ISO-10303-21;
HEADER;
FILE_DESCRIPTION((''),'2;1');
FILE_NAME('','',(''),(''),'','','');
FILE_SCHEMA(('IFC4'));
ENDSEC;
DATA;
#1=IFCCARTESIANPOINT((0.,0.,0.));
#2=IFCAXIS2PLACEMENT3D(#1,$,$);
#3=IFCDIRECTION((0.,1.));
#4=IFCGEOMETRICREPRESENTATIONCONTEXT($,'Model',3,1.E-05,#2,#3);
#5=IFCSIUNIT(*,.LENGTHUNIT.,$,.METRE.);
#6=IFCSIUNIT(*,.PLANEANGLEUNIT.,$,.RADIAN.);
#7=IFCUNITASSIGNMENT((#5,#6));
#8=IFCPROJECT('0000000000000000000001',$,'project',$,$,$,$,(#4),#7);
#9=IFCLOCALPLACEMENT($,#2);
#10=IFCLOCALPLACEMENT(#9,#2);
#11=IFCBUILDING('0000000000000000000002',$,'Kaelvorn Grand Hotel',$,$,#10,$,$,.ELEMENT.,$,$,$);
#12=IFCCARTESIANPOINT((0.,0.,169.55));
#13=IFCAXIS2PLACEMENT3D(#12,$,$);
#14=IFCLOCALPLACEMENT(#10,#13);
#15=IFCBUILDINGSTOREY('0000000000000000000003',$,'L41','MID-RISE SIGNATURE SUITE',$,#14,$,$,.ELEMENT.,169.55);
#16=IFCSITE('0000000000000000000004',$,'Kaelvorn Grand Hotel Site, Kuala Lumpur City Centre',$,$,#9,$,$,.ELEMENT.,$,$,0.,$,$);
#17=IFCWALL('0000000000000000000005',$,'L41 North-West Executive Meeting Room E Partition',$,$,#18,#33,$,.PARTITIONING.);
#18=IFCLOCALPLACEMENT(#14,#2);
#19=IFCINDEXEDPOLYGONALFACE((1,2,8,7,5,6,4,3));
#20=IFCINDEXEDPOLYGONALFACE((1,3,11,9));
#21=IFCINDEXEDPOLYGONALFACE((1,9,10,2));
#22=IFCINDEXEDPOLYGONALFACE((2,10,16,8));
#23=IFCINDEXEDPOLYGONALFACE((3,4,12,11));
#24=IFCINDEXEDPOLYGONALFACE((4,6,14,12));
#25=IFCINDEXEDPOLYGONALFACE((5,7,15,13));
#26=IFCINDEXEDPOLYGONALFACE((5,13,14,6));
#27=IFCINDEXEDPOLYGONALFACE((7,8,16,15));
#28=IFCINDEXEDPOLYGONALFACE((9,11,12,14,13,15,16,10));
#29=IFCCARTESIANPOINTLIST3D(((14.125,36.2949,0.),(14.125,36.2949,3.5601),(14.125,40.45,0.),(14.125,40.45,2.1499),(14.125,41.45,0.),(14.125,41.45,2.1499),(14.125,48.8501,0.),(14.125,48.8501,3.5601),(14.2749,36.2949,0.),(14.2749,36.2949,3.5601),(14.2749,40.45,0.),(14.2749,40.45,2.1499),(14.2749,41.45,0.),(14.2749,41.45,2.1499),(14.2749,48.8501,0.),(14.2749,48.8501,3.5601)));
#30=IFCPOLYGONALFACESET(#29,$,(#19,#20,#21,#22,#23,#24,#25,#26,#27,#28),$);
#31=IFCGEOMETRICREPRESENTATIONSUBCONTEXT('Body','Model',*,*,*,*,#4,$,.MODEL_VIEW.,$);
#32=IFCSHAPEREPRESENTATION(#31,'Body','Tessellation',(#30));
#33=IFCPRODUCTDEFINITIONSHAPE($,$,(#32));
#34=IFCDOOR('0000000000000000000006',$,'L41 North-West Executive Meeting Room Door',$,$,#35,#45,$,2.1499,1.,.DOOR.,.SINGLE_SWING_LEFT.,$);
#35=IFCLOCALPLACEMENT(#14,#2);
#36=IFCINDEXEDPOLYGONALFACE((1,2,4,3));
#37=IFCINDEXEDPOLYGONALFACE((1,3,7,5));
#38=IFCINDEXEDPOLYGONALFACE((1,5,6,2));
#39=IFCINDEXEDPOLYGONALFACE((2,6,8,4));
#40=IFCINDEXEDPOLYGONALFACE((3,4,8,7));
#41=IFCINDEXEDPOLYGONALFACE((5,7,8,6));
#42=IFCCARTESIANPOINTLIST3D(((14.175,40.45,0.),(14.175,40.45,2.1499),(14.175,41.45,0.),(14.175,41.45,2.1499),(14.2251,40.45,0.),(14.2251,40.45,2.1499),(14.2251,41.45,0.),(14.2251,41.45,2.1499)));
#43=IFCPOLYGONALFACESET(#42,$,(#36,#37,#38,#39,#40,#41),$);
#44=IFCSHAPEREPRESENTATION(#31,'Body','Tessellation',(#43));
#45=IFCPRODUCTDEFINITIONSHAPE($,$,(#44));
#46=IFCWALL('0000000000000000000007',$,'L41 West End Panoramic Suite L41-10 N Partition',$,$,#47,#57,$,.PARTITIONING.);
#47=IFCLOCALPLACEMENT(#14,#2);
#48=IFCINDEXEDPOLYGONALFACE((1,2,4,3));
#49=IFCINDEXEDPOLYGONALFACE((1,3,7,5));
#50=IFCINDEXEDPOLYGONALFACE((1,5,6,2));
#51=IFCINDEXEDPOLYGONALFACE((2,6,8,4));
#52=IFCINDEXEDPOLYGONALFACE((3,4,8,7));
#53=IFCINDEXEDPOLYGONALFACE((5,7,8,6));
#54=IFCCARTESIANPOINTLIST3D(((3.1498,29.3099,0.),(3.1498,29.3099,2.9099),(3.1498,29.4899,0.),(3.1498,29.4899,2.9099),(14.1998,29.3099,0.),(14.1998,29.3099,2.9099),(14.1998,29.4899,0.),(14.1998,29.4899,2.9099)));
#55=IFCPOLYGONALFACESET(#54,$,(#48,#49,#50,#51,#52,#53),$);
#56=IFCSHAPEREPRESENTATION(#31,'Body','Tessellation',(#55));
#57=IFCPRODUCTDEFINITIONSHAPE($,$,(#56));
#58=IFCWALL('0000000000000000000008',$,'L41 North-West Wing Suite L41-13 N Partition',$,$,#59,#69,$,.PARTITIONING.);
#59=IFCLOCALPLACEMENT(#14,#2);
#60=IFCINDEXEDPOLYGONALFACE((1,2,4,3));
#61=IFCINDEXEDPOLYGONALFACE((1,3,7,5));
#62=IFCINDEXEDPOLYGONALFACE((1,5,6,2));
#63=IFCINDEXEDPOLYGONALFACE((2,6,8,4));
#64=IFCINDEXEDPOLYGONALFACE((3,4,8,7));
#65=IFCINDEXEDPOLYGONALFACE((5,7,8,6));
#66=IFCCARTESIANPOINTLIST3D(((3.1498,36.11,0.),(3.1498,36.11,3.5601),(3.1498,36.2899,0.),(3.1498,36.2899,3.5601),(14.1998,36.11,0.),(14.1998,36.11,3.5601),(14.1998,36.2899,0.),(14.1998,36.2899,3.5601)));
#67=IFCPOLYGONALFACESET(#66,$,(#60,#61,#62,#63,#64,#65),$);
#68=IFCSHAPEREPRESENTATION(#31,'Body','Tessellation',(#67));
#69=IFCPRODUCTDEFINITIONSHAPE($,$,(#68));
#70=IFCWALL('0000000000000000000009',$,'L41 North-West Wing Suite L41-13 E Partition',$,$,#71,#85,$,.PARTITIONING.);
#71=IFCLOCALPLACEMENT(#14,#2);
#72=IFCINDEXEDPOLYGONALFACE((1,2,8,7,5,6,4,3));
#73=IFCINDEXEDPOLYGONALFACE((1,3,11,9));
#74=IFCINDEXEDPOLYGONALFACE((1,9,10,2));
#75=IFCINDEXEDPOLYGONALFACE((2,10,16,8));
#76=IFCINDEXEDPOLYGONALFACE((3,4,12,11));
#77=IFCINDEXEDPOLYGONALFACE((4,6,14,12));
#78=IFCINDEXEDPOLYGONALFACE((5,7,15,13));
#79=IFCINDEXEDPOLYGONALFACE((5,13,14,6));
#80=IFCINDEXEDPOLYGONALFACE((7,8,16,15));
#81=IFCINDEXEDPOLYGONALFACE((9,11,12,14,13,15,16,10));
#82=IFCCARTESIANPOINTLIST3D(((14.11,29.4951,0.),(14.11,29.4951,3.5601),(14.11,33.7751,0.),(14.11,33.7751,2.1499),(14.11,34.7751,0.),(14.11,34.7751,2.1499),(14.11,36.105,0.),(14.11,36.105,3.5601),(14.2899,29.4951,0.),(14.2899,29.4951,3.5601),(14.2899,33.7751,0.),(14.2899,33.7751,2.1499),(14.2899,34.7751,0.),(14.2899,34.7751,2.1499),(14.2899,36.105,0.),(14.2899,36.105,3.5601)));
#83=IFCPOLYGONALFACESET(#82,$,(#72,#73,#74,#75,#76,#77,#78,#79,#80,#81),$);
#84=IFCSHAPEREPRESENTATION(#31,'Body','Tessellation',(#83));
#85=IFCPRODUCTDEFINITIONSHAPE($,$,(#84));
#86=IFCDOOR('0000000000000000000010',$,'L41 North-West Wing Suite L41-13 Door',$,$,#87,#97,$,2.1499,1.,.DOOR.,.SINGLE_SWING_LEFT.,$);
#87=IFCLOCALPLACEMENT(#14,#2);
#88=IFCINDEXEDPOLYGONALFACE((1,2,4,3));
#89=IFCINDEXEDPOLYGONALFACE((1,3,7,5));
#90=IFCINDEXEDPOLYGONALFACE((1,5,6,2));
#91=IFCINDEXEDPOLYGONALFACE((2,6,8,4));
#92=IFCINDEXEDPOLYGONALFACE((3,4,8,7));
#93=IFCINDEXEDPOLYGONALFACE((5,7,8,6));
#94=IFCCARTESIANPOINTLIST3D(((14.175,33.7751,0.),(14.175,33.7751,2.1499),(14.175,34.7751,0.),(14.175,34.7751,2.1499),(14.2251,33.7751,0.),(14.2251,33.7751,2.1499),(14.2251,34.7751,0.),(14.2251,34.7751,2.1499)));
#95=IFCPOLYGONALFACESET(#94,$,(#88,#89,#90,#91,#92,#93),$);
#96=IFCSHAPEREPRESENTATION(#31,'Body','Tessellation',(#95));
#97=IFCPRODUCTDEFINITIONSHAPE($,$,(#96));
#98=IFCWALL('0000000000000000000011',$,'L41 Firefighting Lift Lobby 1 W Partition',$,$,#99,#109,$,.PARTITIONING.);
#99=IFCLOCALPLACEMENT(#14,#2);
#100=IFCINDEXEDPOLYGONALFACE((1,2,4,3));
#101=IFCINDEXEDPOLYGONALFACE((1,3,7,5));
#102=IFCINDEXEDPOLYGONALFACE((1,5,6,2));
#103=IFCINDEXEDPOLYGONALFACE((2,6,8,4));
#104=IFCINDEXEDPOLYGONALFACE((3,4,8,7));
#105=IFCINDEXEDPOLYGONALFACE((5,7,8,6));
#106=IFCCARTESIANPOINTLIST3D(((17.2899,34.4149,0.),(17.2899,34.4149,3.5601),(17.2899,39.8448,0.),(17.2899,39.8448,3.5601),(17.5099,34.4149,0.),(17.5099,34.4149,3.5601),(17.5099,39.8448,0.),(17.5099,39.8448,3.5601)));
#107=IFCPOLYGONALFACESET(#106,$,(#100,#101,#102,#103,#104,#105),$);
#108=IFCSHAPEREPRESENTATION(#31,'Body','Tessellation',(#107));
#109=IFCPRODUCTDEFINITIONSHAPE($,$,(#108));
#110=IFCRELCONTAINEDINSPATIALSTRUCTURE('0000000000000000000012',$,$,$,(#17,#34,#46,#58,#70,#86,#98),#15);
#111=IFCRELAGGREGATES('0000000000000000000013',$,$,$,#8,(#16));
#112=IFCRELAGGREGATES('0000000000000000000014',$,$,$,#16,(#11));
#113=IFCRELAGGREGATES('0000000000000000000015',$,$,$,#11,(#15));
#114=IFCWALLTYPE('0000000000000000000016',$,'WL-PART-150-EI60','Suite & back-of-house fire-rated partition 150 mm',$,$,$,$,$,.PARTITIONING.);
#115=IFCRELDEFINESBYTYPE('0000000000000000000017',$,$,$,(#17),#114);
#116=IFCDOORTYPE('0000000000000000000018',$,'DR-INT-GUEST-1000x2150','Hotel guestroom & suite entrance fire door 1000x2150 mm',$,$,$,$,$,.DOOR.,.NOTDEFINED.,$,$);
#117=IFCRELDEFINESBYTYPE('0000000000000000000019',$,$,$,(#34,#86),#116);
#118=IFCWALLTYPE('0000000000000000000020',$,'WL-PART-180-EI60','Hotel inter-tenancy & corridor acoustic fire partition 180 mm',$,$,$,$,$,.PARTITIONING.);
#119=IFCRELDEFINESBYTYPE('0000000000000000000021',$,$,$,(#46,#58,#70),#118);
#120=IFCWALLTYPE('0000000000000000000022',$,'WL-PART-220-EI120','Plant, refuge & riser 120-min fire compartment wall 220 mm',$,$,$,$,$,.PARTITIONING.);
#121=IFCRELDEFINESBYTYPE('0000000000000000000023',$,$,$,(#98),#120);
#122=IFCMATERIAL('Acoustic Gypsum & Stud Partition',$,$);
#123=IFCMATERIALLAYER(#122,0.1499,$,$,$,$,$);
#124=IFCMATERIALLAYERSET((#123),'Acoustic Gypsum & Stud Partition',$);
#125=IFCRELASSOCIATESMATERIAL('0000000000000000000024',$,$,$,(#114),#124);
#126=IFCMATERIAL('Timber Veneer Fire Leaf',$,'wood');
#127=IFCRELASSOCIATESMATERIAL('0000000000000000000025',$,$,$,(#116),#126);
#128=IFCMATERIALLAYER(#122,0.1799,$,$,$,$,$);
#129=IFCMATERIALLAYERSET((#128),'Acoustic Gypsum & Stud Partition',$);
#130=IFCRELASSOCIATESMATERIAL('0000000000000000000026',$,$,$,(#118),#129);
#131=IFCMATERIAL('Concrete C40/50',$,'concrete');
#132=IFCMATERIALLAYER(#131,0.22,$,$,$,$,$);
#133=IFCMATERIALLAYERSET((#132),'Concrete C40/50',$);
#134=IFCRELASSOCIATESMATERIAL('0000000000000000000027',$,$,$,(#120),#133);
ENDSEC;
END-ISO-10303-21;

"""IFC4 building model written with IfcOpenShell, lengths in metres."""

from ifc_helpers import new_model, si_unit, direction, frame, frame_2d, origin, place, context, subcontext, project, spatial, rectangle, extrude, material, layer, layer_set, type_object, element, fill, save


model = new_model("IFC4")

# Units and contexts
model_context = context("Model", 3, precision=1e-05, world=origin(), true_north=direction((0.0, 1.0)))
body_context = subcontext(model_context, "Body", "Model", "MODEL_VIEW")
ifc_project = project(units=[si_unit("LENGTHUNIT", "METRE"), si_unit("PLANEANGLEUNIT", "RADIAN")], contexts=[model_context])

# Site, building, storey
site_placement = place(None, origin())
site = spatial("IfcSite", under=ifc_project, at=site_placement, Name="Kaelvorn Grand Hotel Site, Kuala Lumpur City Centre", CompositionType="ELEMENT", RefElevation=0.0)
building_placement = place(site_placement, origin())
building = spatial("IfcBuilding", under=site, at=building_placement, Name="Kaelvorn Grand Hotel", CompositionType="ELEMENT")
storey_placement = place(building_placement, frame((0.0, 0.0, 169.55)))
storey = spatial("IfcBuildingStorey", under=building, at=storey_placement, Name="L41", Description="MID-RISE SIGNATURE SUITE", CompositionType="ELEMENT", Elevation=169.55)

# Wall, opening, door
ifc_material_1 = material(Name="Acoustic Gypsum & Stud Partition")
ifc_layer_1 = layer(ifc_material_1, 0.1499)
ifc_layer_set_1 = layer_set([ifc_layer_1], Name="Acoustic Gypsum & Stud Partition")
wall_type_1 = type_object("IfcWallType", Name="WL-PART-150-EI60", Description="Suite & back-of-house fire-rated partition 150 mm", PredefinedType="PARTITIONING", material=ifc_layer_set_1)
wall_1_placement = place(storey_placement, frame((14.2, 36.2949, 0.0), z_axis=(0.0, 0.0, 1.0), x_axis=(0.0, 1.0, 0.0)))
wall_1 = element("IfcWall", 1, at=wall_1_placement, inside=storey, type_object=wall_type_1, Name="L41 North-West Executive Meeting Room E Partition", PredefinedType="PARTITIONING", context=body_context, shape_type="SweptSolid", body=[
    extrude(rectangle(XDim=12.5552, YDim=0.1499, at=frame_2d((6.2776, 0.0))), origin(), (0.0, 0.0, 1.0), 3.5601),
])
opening_1_placement = place(wall_1_placement, frame((4.155, 0.0, 0.0)))
opening_1 = element("IfcOpeningElement", 2, at=opening_1_placement, cuts=wall_1, PredefinedType="OPENING", context=body_context, shape_type="SweptSolid", body=[
    extrude(rectangle(XDim=1.0, YDim=2.1499, at=frame_2d((0.5, 1.075))), frame((0.0, 0.085, 0.0), z_axis=(0.0, -1.0, 0.0), x_axis=(1.0, 0.0, 0.0)), (0.0, 0.0, 1.0), 0.1699),
])
ifc_material_2 = material(Name="Timber Veneer Fire Leaf", Category="wood")
door_type_1 = type_object("IfcDoorType", Name="DR-INT-GUEST-1000x2150", Description="Hotel guestroom & suite entrance fire door 1000x2150 mm", OperationType="NOTDEFINED", PredefinedType="DOOR", material=ifc_material_2)
door_1_placement = place(opening_1_placement, origin())
door_1 = element("IfcDoor", 3, at=door_1_placement, inside=storey, type_object=door_type_1, Name="L41 North-West Executive Meeting Room Door", OperationType="SINGLE_SWING_LEFT", OverallHeight=2.1499, OverallWidth=1.0, PredefinedType="DOOR", context=body_context, shape_type="SweptSolid", body=[
    extrude(rectangle(XDim=1.0, YDim=2.1499, at=frame_2d((0.5, 1.075))), frame((0.0, 0.0249, 0.0), z_axis=(0.0, -1.0, 0.0), x_axis=(1.0, 0.0, 0.0)), (0.0, 0.0, 1.0), 0.05),
])
fill(opening_1, door_1)

# Walls
ifc_layer_2 = layer(ifc_material_1, 0.1799)
ifc_layer_set_2 = layer_set([ifc_layer_2], Name="Acoustic Gypsum & Stud Partition")
wall_type_2 = type_object("IfcWallType", Name="WL-PART-180-EI60", Description="Hotel inter-tenancy & corridor acoustic fire partition 180 mm", PredefinedType="PARTITIONING", material=ifc_layer_set_2)
wall_2_placement = place(storey_placement, frame((3.1499, 29.3999, 0.0), z_axis=(0.0, 0.0, 1.0), x_axis=(1.0, 0.0, 0.0)))
element("IfcWall", 4, at=wall_2_placement, inside=storey, type_object=wall_type_2, Name="L41 West End Panoramic Suite L41-10 N Partition", PredefinedType="PARTITIONING", context=body_context, shape_type="SweptSolid", body=[
    extrude(rectangle(XDim=11.05, YDim=0.1799, at=frame_2d((5.5249, 0.0))), origin(), (0.0, 0.0, 1.0), 2.9099),
])
wall_3_placement = place(storey_placement, frame((3.1499, 36.2, 0.0), z_axis=(0.0, 0.0, 1.0), x_axis=(1.0, 0.0, 0.0)))
element("IfcWall", 5, at=wall_3_placement, inside=storey, type_object=wall_type_2, Name="L41 North-West Wing Suite L41-13 N Partition", PredefinedType="PARTITIONING", context=body_context, shape_type="SweptSolid", body=[
    extrude(rectangle(XDim=11.05, YDim=0.1799, at=frame_2d((5.5249, 0.0))), origin(), (0.0, 0.0, 1.0), 3.5601),
])

# Wall, opening, door
wall_4_placement = place(storey_placement, frame((14.2, 29.4951, 0.0), z_axis=(0.0, 0.0, 1.0), x_axis=(0.0, 1.0, 0.0)))
wall_4 = element("IfcWall", 6, at=wall_4_placement, inside=storey, type_object=wall_type_2, Name="L41 North-West Wing Suite L41-13 E Partition", PredefinedType="PARTITIONING", context=body_context, shape_type="SweptSolid", body=[
    extrude(rectangle(XDim=6.6099, YDim=0.1799, at=frame_2d((3.3049, 0.0))), origin(), (0.0, 0.0, 1.0), 3.5601),
])
opening_2_placement = place(wall_4_placement, frame((4.28, 0.0, 0.0)))
opening_2 = element("IfcOpeningElement", 7, at=opening_2_placement, cuts=wall_4, PredefinedType="OPENING", context=body_context, shape_type="SweptSolid", body=[
    extrude(rectangle(XDim=1.0, YDim=2.1499, at=frame_2d((0.5, 1.075))), frame((0.0, 0.1001, 0.0), z_axis=(0.0, -1.0, 0.0), x_axis=(1.0, 0.0, 0.0)), (0.0, 0.0, 1.0), 0.2),
])
door_2_placement = place(opening_2_placement, origin())
door_2 = element("IfcDoor", 8, at=door_2_placement, inside=storey, type_object=door_type_1, Name="L41 North-West Wing Suite L41-13 Door", OperationType="SINGLE_SWING_LEFT", OverallHeight=2.1499, OverallWidth=1.0, PredefinedType="DOOR", context=body_context, shape_type="SweptSolid", body=[
    extrude(rectangle(XDim=1.0, YDim=2.1499, at=frame_2d((0.5, 1.075))), frame((0.0, 0.0249, 0.0), z_axis=(0.0, -1.0, 0.0), x_axis=(1.0, 0.0, 0.0)), (0.0, 0.0, 1.0), 0.05),
])
fill(opening_2, door_2)
ifc_material_3 = material(Name="Concrete C40/50", Category="concrete")
ifc_layer_3 = layer(ifc_material_3, 0.22)
ifc_layer_set_3 = layer_set([ifc_layer_3], Name="Concrete C40/50")
wall_type_3 = type_object("IfcWallType", Name="WL-PART-220-EI120", Description="Plant, refuge & riser 120-min fire compartment wall 220 mm", PredefinedType="PARTITIONING", material=ifc_layer_set_3)

# Wall
wall_5_placement = place(storey_placement, frame((17.3999, 34.415, 0.0), z_axis=(0.0, 0.0, 1.0), x_axis=(0.0, 1.0, 0.0)))
element("IfcWall", 9, at=wall_5_placement, inside=storey, type_object=wall_type_3, Name="L41 Firefighting Lift Lobby 1 W Partition", PredefinedType="PARTITIONING", context=body_context, shape_type="SweptSolid", body=[
    extrude(rectangle(XDim=5.4299, YDim=0.22, at=frame_2d((2.7148, 0.0))), origin(), (0.0, 0.0, 1.0), 3.5601),
])

save(model, "model.ifc")
